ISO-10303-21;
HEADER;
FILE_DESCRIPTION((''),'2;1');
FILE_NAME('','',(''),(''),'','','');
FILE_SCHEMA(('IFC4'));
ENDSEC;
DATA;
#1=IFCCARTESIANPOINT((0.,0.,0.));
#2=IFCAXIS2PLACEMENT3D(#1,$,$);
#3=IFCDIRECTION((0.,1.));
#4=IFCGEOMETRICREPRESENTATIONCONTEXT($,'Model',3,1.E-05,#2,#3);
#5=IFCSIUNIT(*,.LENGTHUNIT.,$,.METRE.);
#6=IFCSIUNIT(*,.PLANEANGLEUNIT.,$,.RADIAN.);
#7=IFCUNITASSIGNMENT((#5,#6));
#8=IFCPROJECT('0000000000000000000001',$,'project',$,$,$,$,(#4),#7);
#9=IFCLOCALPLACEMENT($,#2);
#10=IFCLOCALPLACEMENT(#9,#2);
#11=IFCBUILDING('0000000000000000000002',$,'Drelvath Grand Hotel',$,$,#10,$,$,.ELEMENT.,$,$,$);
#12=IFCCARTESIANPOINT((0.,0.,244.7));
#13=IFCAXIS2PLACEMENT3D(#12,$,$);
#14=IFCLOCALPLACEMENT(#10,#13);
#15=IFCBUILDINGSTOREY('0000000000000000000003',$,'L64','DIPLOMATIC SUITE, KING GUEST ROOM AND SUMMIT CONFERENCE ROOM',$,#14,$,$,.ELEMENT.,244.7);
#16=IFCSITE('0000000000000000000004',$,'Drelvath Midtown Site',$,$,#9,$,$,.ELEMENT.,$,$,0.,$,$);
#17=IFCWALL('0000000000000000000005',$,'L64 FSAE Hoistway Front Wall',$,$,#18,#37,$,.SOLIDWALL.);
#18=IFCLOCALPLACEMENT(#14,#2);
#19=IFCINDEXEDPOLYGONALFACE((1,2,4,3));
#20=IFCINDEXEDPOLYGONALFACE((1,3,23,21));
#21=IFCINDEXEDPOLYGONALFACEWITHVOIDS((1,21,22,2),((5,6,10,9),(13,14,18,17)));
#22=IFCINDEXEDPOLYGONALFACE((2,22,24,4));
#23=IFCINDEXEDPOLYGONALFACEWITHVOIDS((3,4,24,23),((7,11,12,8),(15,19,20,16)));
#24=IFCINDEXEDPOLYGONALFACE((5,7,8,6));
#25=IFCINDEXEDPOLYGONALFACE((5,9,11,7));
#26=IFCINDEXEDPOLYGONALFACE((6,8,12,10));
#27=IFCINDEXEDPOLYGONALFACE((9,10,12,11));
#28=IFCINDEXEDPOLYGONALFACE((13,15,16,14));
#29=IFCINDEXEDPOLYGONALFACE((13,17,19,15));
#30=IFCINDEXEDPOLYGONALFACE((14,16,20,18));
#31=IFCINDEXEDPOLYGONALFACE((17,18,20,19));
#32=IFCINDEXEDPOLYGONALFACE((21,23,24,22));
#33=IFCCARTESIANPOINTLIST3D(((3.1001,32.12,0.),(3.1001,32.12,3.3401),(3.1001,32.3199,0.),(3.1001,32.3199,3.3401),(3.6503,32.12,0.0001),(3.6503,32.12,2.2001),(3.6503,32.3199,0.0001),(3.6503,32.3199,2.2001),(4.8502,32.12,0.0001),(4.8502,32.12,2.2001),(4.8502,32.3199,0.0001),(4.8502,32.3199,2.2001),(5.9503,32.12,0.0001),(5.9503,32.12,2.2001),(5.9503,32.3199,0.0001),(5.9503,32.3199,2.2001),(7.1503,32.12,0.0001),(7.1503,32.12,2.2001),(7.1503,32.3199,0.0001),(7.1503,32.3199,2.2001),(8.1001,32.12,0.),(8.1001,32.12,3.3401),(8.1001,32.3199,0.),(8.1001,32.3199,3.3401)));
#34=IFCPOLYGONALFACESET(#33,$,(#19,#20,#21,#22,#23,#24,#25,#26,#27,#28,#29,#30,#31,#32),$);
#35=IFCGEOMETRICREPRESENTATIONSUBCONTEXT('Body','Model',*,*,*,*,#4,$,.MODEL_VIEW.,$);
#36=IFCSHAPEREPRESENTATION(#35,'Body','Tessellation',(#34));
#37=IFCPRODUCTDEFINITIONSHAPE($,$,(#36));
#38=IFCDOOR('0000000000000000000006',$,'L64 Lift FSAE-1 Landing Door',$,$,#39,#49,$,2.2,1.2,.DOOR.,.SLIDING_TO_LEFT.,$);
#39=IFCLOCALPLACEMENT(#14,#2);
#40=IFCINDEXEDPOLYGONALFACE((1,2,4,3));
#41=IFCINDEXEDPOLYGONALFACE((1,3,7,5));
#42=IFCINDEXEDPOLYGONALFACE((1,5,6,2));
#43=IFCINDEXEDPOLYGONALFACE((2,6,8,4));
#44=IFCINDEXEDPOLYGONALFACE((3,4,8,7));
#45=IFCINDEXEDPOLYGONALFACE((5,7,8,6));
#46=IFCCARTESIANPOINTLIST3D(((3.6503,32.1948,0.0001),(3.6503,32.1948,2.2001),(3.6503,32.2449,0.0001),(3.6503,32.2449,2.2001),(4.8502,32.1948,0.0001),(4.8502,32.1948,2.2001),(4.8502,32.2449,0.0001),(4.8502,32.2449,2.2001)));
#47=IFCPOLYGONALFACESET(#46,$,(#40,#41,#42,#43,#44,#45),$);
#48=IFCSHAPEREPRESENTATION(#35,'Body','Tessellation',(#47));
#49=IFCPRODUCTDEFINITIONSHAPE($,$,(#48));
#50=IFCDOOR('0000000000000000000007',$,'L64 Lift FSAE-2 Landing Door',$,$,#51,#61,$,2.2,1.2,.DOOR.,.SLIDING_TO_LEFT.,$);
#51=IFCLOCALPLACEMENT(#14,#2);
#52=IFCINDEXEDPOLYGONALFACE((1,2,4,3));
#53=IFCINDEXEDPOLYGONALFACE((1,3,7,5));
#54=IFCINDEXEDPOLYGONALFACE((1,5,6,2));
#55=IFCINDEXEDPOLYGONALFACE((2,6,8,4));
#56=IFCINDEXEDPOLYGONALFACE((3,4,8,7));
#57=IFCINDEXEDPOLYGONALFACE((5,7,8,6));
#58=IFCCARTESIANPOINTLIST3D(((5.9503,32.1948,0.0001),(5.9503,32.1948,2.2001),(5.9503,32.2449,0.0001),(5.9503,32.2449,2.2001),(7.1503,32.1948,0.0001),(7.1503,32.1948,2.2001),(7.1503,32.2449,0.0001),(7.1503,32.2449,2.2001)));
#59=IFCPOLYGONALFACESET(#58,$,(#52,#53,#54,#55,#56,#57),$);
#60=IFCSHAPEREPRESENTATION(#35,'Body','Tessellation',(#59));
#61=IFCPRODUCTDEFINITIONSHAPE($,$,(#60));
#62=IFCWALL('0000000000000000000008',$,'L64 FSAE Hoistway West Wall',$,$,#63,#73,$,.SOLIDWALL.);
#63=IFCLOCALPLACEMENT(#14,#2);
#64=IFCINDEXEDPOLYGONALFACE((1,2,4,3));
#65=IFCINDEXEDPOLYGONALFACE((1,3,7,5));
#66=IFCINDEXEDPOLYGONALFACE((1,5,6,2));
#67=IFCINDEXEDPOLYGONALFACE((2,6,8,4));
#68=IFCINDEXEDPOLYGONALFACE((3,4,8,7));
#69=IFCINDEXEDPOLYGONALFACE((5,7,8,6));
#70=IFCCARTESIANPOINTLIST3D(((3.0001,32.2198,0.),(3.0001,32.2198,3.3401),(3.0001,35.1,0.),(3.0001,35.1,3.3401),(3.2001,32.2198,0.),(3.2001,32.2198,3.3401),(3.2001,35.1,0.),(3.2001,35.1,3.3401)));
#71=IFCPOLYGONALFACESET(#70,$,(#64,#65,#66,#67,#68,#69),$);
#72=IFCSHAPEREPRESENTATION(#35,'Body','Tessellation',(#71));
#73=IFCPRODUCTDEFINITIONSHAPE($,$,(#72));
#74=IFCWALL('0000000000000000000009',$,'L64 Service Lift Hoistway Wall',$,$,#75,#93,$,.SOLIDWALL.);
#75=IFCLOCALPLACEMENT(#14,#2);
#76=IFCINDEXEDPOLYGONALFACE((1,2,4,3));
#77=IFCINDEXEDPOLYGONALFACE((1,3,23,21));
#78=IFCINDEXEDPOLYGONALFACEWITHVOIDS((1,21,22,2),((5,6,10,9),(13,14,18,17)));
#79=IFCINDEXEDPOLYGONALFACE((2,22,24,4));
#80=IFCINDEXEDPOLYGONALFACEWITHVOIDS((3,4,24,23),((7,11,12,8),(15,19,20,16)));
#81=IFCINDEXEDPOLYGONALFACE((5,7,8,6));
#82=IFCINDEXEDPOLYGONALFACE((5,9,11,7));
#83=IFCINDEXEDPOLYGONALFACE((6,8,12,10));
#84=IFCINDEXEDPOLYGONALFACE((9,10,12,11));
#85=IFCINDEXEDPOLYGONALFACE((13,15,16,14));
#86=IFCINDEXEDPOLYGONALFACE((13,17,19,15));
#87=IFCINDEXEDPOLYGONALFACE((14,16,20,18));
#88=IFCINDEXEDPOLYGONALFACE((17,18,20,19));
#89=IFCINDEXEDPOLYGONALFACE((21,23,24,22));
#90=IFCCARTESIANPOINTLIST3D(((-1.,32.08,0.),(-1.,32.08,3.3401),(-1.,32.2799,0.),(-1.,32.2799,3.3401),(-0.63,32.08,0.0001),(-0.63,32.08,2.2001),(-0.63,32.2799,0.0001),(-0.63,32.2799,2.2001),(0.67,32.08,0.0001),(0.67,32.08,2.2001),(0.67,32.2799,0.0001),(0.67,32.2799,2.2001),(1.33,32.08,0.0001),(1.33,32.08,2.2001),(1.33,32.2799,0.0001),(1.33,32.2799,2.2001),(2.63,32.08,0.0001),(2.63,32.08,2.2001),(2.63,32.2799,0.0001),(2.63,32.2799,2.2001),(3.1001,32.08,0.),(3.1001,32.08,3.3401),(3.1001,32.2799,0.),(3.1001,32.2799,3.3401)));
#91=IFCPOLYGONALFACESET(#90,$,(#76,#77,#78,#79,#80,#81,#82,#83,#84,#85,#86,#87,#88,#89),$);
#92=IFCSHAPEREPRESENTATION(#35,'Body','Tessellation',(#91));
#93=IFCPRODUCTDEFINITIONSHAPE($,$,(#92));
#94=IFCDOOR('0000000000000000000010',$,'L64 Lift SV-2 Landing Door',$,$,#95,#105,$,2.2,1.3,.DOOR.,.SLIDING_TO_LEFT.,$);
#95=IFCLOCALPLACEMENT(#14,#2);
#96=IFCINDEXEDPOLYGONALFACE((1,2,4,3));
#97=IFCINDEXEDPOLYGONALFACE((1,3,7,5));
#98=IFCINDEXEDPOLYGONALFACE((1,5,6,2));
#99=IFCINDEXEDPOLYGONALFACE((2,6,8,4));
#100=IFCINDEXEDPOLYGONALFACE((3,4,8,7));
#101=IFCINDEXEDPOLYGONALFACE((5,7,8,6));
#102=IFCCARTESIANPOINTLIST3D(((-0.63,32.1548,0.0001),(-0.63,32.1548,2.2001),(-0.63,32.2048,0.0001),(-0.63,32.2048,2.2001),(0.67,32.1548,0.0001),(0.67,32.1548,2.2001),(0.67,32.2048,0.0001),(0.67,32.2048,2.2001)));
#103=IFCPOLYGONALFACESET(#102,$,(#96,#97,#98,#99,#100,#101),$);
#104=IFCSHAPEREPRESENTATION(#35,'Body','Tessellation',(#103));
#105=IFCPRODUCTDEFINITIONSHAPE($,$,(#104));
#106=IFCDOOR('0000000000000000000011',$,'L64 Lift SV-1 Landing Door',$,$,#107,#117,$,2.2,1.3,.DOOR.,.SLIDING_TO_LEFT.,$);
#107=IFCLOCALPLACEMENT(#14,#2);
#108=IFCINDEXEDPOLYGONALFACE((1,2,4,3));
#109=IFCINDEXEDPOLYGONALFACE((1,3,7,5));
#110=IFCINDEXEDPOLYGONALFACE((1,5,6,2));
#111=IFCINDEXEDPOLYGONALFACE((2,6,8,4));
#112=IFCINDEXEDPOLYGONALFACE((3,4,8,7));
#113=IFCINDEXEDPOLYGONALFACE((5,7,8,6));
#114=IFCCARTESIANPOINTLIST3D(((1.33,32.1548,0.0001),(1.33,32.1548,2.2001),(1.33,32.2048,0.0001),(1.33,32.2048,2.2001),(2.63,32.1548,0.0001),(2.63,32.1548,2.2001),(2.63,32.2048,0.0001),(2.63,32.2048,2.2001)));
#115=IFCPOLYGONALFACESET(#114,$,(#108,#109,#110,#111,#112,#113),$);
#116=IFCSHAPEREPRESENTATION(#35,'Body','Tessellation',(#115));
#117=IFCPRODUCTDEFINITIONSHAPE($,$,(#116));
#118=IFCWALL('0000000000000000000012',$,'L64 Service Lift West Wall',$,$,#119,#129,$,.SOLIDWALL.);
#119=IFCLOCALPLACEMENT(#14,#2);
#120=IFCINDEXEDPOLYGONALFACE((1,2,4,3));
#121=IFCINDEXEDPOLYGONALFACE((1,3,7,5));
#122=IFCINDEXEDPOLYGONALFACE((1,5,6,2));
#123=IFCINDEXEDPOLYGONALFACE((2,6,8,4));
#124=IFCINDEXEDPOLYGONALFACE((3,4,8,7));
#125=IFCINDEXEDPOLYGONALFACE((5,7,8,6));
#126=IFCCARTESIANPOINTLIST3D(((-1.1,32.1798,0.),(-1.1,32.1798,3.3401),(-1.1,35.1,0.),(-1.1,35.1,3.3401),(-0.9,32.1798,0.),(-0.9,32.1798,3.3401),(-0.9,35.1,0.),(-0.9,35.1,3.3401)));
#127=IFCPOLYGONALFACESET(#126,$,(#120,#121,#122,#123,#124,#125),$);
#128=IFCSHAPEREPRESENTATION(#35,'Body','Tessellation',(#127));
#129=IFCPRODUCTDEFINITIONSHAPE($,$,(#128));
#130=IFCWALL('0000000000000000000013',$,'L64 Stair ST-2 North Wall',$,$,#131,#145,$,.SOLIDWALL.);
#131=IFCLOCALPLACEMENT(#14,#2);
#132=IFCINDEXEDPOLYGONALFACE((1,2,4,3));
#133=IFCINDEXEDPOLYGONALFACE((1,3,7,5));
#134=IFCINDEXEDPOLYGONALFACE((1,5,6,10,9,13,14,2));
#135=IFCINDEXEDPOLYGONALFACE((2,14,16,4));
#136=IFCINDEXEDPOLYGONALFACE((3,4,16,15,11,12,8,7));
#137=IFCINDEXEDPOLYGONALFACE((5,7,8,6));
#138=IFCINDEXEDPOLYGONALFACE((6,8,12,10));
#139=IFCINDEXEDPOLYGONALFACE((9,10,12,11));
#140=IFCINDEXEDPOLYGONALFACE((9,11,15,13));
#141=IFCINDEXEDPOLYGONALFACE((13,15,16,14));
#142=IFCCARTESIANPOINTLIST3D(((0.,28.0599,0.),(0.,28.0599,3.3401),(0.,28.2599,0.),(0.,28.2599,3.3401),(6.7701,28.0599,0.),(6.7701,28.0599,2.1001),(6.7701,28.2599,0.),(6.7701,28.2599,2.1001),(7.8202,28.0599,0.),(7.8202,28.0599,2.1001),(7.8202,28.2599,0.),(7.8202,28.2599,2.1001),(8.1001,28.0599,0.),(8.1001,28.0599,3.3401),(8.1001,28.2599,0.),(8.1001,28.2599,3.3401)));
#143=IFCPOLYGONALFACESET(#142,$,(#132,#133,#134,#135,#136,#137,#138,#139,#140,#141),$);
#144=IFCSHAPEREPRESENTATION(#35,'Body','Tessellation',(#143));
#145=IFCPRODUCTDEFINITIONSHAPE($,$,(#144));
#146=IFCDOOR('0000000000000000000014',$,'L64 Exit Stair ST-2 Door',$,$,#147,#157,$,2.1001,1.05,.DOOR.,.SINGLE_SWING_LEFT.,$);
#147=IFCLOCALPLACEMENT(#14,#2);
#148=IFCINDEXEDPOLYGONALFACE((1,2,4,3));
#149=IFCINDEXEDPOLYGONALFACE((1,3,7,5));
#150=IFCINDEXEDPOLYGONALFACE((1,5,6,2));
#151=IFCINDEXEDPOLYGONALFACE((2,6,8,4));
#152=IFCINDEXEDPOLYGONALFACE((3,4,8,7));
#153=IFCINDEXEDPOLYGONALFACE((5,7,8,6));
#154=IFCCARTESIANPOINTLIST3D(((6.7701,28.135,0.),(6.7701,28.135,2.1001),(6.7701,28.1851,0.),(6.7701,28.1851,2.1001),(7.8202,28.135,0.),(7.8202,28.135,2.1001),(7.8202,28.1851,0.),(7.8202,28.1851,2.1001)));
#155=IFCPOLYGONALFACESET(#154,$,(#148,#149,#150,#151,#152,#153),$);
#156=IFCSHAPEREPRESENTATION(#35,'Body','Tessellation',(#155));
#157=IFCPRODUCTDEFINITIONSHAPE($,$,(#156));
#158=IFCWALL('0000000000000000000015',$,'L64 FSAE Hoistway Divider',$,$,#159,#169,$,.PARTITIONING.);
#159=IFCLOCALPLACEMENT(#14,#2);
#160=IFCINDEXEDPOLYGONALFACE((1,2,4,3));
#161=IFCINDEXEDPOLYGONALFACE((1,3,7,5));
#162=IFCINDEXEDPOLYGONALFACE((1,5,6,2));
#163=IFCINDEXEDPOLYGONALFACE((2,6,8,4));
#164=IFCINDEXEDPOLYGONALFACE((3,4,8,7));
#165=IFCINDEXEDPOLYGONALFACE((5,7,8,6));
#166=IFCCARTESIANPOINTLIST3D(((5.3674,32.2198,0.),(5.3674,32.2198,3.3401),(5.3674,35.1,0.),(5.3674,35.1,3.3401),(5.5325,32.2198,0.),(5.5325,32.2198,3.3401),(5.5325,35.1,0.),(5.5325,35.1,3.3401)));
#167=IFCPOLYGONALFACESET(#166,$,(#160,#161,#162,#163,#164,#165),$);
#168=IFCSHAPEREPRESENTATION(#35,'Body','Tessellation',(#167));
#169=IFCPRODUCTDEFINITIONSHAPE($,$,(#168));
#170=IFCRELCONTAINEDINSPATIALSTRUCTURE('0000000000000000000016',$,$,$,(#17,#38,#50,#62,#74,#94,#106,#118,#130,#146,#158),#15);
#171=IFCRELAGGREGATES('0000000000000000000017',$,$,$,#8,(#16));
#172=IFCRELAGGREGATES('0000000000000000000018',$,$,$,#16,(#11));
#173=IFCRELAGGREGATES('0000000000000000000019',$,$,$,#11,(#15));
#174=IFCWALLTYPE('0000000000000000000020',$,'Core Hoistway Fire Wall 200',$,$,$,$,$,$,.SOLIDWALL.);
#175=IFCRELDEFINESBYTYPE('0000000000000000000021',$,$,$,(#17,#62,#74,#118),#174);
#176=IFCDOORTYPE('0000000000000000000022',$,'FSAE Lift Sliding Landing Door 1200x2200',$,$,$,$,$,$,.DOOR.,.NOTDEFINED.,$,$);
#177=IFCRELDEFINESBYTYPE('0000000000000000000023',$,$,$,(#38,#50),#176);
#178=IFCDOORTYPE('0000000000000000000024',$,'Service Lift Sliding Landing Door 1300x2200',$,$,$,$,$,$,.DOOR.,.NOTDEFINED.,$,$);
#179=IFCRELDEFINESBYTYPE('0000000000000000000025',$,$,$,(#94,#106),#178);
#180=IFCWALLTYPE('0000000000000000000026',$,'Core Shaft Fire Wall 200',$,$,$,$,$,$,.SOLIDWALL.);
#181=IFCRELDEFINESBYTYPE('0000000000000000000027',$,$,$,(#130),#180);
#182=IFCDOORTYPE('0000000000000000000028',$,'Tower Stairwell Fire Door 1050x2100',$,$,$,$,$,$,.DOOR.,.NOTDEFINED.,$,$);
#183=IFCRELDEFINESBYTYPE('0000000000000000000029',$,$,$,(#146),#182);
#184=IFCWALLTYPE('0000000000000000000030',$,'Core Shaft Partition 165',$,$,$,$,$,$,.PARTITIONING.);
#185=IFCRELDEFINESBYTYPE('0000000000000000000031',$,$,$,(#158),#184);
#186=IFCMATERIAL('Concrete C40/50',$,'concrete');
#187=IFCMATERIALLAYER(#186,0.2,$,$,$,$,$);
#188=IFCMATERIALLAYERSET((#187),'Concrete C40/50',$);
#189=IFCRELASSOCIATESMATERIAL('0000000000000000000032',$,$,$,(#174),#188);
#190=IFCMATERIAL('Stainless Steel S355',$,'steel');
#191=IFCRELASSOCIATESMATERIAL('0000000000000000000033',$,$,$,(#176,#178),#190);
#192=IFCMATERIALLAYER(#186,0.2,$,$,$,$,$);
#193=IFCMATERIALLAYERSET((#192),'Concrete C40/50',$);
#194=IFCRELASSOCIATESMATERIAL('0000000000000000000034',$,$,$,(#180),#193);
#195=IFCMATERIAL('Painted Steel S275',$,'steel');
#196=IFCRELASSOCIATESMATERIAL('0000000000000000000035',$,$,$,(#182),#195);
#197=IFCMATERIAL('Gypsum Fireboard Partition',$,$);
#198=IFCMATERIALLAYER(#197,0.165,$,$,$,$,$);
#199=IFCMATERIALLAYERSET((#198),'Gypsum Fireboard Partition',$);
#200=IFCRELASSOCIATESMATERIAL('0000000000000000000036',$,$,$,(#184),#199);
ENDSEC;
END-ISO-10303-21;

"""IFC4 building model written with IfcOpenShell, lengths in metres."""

from ifc_helpers import new_model, si_unit, direction, frame, frame_2d, origin, place, context, subcontext, project, spatial, rectangle, extrude, material, layer, layer_set, type_object, element, fill, save


model = new_model("IFC4")

# Units and contexts
model_context = context("Model", 3, precision=1e-05, world=origin(), true_north=direction((0.0, 1.0)))
body_context = subcontext(model_context, "Body", "Model", "MODEL_VIEW")
ifc_project = project(units=[si_unit("LENGTHUNIT", "METRE"), si_unit("PLANEANGLEUNIT", "RADIAN")], contexts=[model_context])

# Site, building, storey
site_placement = place(None, origin())
site = spatial("IfcSite", under=ifc_project, at=site_placement, Name="Drelvath Midtown Site", CompositionType="ELEMENT", RefElevation=0.0)
building_placement = place(site_placement, origin())
building = spatial("IfcBuilding", under=site, at=building_placement, Name="Drelvath Grand Hotel", CompositionType="ELEMENT")
storey_placement = place(building_placement, frame((0.0, 0.0, 244.7)))
storey = spatial("IfcBuildingStorey", under=building, at=storey_placement, Name="L64", Description="DIPLOMATIC SUITE, KING GUEST ROOM AND SUMMIT CONFERENCE ROOM", CompositionType="ELEMENT", Elevation=244.7)

# Wall, openings, doors
ifc_material_1 = material(Name="Concrete C40/50", Category="concrete")
ifc_layer_1 = layer(ifc_material_1, 0.2)
ifc_layer_set_1 = layer_set([ifc_layer_1], Name="Concrete C40/50")
wall_type_1 = type_object("IfcWallType", Name="Core Hoistway Fire Wall 200", PredefinedType="SOLIDWALL", material=ifc_layer_set_1)
wall_1_placement = place(storey_placement, frame((3.1001, 32.22, 0.0), z_axis=(0.0, 0.0, 1.0), x_axis=(1.0, 0.0, 0.0)))
wall_1 = element("IfcWall", 1, at=wall_1_placement, inside=storey, type_object=wall_type_1, Name="L64 FSAE Hoistway Front Wall", PredefinedType="SOLIDWALL", context=body_context, shape_type="SweptSolid", body=[
    extrude(rectangle(XDim=5.0, YDim=0.2, at=frame_2d((2.5, 0.0))), origin(), (0.0, 0.0, 1.0), 3.3401),
])
opening_1_placement = place(wall_1_placement, frame((0.55, 0.0, 0.0)))
opening_1 = element("IfcOpeningElement", 2, at=opening_1_placement, cuts=wall_1, PredefinedType="OPENING", context=body_context, shape_type="SweptSolid", body=[
    extrude(rectangle(XDim=1.2, YDim=2.2, at=frame_2d((0.6001, 1.1001))), frame((0.0, 0.1099, 0.0), z_axis=(0.0, -1.0, 0.0), x_axis=(1.0, 0.0, 0.0)), (0.0, 0.0, 1.0), 0.22),
])
opening_2_placement = place(wall_1_placement, frame((2.8501, 0.0, 0.0)))
opening_2 = element("IfcOpeningElement", 3, at=opening_2_placement, cuts=wall_1, PredefinedType="OPENING", context=body_context, shape_type="SweptSolid", body=[
    extrude(rectangle(XDim=1.2, YDim=2.2, at=frame_2d((0.6001, 1.1001))), frame((0.0, 0.1099, 0.0), z_axis=(0.0, -1.0, 0.0), x_axis=(1.0, 0.0, 0.0)), (0.0, 0.0, 1.0), 0.22),
])
ifc_material_2 = material(Name="Stainless Steel S355", Category="steel")
door_type_1 = type_object("IfcDoorType", Name="FSAE Lift Sliding Landing Door 1200x2200", OperationType="NOTDEFINED", PredefinedType="DOOR", material=ifc_material_2)
door_1_placement = place(opening_1_placement, origin())
door_1 = element("IfcDoor", 4, at=door_1_placement, inside=storey, type_object=door_type_1, Name="L64 Lift FSAE-1 Landing Door", OperationType="SLIDING_TO_LEFT", OverallHeight=2.2, OverallWidth=1.2, PredefinedType="DOOR", context=body_context, shape_type="SweptSolid", body=[
    extrude(rectangle(XDim=1.2, YDim=2.2, at=frame_2d((0.6001, 1.1001))), frame((0.0, 0.0249, 0.0), z_axis=(0.0, -1.0, 0.0), x_axis=(1.0, 0.0, 0.0)), (0.0, 0.0, 1.0), 0.05),
])
fill(opening_1, door_1)
door_2_placement = place(opening_2_placement, origin())
door_2 = element("IfcDoor", 5, at=door_2_placement, inside=storey, type_object=door_type_1, Name="L64 Lift FSAE-2 Landing Door", OperationType="SLIDING_TO_LEFT", OverallHeight=2.2, OverallWidth=1.2, PredefinedType="DOOR", context=body_context, shape_type="SweptSolid", body=[
    extrude(rectangle(XDim=1.2, YDim=2.2, at=frame_2d((0.6001, 1.1001))), frame((0.0, 0.0249, 0.0), z_axis=(0.0, -1.0, 0.0), x_axis=(1.0, 0.0, 0.0)), (0.0, 0.0, 1.0), 0.05),
])
fill(opening_2, door_2)

# Wall
wall_2_placement = place(storey_placement, frame((3.1001, 32.22, 0.0), z_axis=(0.0, 0.0, 1.0), x_axis=(0.0, 1.0, 0.0)))
element("IfcWall", 6, at=wall_2_placement, inside=storey, type_object=wall_type_1, Name="L64 FSAE Hoistway West Wall", PredefinedType="SOLIDWALL", context=body_context, shape_type="SweptSolid", body=[
    extrude(rectangle(XDim=2.8801, YDim=0.2, at=frame_2d((1.4399, 0.0))), origin(), (0.0, 0.0, 1.0), 3.3401),
])

# Wall, openings, doors
wall_3_placement = place(storey_placement, frame((-1.0, 32.1799, 0.0), z_axis=(0.0, 0.0, 1.0), x_axis=(1.0, 0.0, 0.0)))
wall_3 = element("IfcWall", 7, at=wall_3_placement, inside=storey, type_object=wall_type_1, Name="L64 Service Lift Hoistway Wall", PredefinedType="SOLIDWALL", context=body_context, shape_type="SweptSolid", body=[
    extrude(rectangle(XDim=4.1001, YDim=0.2, at=frame_2d((2.05, 0.0))), origin(), (0.0, 0.0, 1.0), 3.3401),
])
opening_3_placement = place(wall_3_placement, frame((0.3701, 0.0, 0.0)))
opening_3 = element("IfcOpeningElement", 8, at=opening_3_placement, cuts=wall_3, PredefinedType="OPENING", context=body_context, shape_type="SweptSolid", body=[
    extrude(rectangle(XDim=1.3, YDim=2.2, at=frame_2d((0.6499, 1.1001))), frame((0.0, 0.1099, 0.0), z_axis=(0.0, -1.0, 0.0), x_axis=(1.0, 0.0, 0.0)), (0.0, 0.0, 1.0), 0.22),
])
opening_4_placement = place(wall_3_placement, frame((2.3301, 0.0, 0.0)))
opening_4 = element("IfcOpeningElement", 9, at=opening_4_placement, cuts=wall_3, PredefinedType="OPENING", context=body_context, shape_type="SweptSolid", body=[
    extrude(rectangle(XDim=1.3, YDim=2.2, at=frame_2d((0.6499, 1.1001))), frame((0.0, 0.1099, 0.0), z_axis=(0.0, -1.0, 0.0), x_axis=(1.0, 0.0, 0.0)), (0.0, 0.0, 1.0), 0.22),
])
door_type_2 = type_object("IfcDoorType", Name="Service Lift Sliding Landing Door 1300x2200", OperationType="NOTDEFINED", PredefinedType="DOOR", material=ifc_material_2)
door_3_placement = place(opening_3_placement, origin())
door_3 = element("IfcDoor", 10, at=door_3_placement, inside=storey, type_object=door_type_2, Name="L64 Lift SV-2 Landing Door", OperationType="SLIDING_TO_LEFT", OverallHeight=2.2, OverallWidth=1.3, PredefinedType="DOOR", context=body_context, shape_type="SweptSolid", body=[
    extrude(rectangle(XDim=1.3, YDim=2.2, at=frame_2d((0.6499, 1.1001))), frame((0.0, 0.0249, 0.0), z_axis=(0.0, -1.0, 0.0), x_axis=(1.0, 0.0, 0.0)), (0.0, 0.0, 1.0), 0.05),
])
fill(opening_3, door_3)
door_4_placement = place(opening_4_placement, origin())
door_4 = element("IfcDoor", 11, at=door_4_placement, inside=storey, type_object=door_type_2, Name="L64 Lift SV-1 Landing Door", OperationType="SLIDING_TO_LEFT", OverallHeight=2.2, OverallWidth=1.3, PredefinedType="DOOR", context=body_context, shape_type="SweptSolid", body=[
    extrude(rectangle(XDim=1.3, YDim=2.2, at=frame_2d((0.6499, 1.1001))), frame((0.0, 0.0249, 0.0), z_axis=(0.0, -1.0, 0.0), x_axis=(1.0, 0.0, 0.0)), (0.0, 0.0, 1.0), 0.05),
])
fill(opening_4, door_4)

# Wall
wall_4_placement = place(storey_placement, frame((-1.0, 32.1799, 0.0), z_axis=(0.0, 0.0, 1.0), x_axis=(0.0, 1.0, 0.0)))
element("IfcWall", 12, at=wall_4_placement, inside=storey, type_object=wall_type_1, Name="L64 Service Lift West Wall", PredefinedType="SOLIDWALL", context=body_context, shape_type="SweptSolid", body=[
    extrude(rectangle(XDim=2.9202, YDim=0.2, at=frame_2d((1.46, 0.0))), origin(), (0.0, 0.0, 1.0), 3.3401),
])

# Wall, opening, door
ifc_layer_2 = layer(ifc_material_1, 0.2)
ifc_layer_set_2 = layer_set([ifc_layer_2], Name="Concrete C40/50")
wall_type_2 = type_object("IfcWallType", Name="Core Shaft Fire Wall 200", PredefinedType="SOLIDWALL", material=ifc_layer_set_2)
wall_5_placement = place(storey_placement, frame((8.1001, 28.1599, 0.0), z_axis=(0.0, 0.0, 1.0), x_axis=(-1.0, 0.0, 0.0)))
wall_5 = element("IfcWall", 13, at=wall_5_placement, inside=storey, type_object=wall_type_2, Name="L64 Stair ST-2 North Wall", PredefinedType="SOLIDWALL", context=body_context, shape_type="SweptSolid", body=[
    extrude(rectangle(XDim=8.1001, YDim=0.2, at=frame_2d((4.05, 0.0))), origin(), (0.0, 0.0, 1.0), 3.3401),
])
opening_5_placement = place(wall_5_placement, frame((0.28, 0.0, 0.0)))
opening_5 = element("IfcOpeningElement", 14, at=opening_5_placement, cuts=wall_5, PredefinedType="OPENING", context=body_context, shape_type="SweptSolid", body=[
    extrude(rectangle(XDim=1.05, YDim=2.1001, at=frame_2d((0.5249, 1.05))), frame((0.0, 0.1099, 0.0), z_axis=(0.0, -1.0, 0.0), x_axis=(1.0, 0.0, 0.0)), (0.0, 0.0, 1.0), 0.22),
])
ifc_material_3 = material(Name="Painted Steel S275", Category="steel")
door_type_3 = type_object("IfcDoorType", Name="Tower Stairwell Fire Door 1050x2100", OperationType="NOTDEFINED", PredefinedType="DOOR", material=ifc_material_3)
door_5_placement = place(opening_5_placement, origin())
door_5 = element("IfcDoor", 15, at=door_5_placement, inside=storey, type_object=door_type_3, Name="L64 Exit Stair ST-2 Door", OperationType="SINGLE_SWING_LEFT", OverallHeight=2.1001, OverallWidth=1.05, PredefinedType="DOOR", context=body_context, shape_type="SweptSolid", body=[
    extrude(rectangle(XDim=1.05, YDim=2.1001, at=frame_2d((0.5249, 1.05))), frame((0.0, 0.0249, 0.0), z_axis=(0.0, -1.0, 0.0), x_axis=(1.0, 0.0, 0.0)), (0.0, 0.0, 1.0), 0.05),
])
fill(opening_5, door_5)

# Wall
ifc_material_4 = material(Name="Gypsum Fireboard Partition")
ifc_layer_3 = layer(ifc_material_4, 0.165)
ifc_layer_set_3 = layer_set([ifc_layer_3], Name="Gypsum Fireboard Partition")
wall_type_3 = type_object("IfcWallType", Name="Core Shaft Partition 165", PredefinedType="PARTITIONING", material=ifc_layer_set_3)
wall_6_placement = place(storey_placement, frame((5.45, 32.22, 0.0), z_axis=(0.0, 0.0, 1.0), x_axis=(0.0, 1.0, 0.0)))
element("IfcWall", 16, at=wall_6_placement, inside=storey, type_object=wall_type_3, Name="L64 FSAE Hoistway Divider", PredefinedType="PARTITIONING", context=body_context, shape_type="SweptSolid", body=[
    extrude(rectangle(XDim=2.8801, YDim=0.165, at=frame_2d((1.4399, 0.0))), origin(), (0.0, 0.0, 1.0), 3.3401),
])

save(model, "model.ifc")
